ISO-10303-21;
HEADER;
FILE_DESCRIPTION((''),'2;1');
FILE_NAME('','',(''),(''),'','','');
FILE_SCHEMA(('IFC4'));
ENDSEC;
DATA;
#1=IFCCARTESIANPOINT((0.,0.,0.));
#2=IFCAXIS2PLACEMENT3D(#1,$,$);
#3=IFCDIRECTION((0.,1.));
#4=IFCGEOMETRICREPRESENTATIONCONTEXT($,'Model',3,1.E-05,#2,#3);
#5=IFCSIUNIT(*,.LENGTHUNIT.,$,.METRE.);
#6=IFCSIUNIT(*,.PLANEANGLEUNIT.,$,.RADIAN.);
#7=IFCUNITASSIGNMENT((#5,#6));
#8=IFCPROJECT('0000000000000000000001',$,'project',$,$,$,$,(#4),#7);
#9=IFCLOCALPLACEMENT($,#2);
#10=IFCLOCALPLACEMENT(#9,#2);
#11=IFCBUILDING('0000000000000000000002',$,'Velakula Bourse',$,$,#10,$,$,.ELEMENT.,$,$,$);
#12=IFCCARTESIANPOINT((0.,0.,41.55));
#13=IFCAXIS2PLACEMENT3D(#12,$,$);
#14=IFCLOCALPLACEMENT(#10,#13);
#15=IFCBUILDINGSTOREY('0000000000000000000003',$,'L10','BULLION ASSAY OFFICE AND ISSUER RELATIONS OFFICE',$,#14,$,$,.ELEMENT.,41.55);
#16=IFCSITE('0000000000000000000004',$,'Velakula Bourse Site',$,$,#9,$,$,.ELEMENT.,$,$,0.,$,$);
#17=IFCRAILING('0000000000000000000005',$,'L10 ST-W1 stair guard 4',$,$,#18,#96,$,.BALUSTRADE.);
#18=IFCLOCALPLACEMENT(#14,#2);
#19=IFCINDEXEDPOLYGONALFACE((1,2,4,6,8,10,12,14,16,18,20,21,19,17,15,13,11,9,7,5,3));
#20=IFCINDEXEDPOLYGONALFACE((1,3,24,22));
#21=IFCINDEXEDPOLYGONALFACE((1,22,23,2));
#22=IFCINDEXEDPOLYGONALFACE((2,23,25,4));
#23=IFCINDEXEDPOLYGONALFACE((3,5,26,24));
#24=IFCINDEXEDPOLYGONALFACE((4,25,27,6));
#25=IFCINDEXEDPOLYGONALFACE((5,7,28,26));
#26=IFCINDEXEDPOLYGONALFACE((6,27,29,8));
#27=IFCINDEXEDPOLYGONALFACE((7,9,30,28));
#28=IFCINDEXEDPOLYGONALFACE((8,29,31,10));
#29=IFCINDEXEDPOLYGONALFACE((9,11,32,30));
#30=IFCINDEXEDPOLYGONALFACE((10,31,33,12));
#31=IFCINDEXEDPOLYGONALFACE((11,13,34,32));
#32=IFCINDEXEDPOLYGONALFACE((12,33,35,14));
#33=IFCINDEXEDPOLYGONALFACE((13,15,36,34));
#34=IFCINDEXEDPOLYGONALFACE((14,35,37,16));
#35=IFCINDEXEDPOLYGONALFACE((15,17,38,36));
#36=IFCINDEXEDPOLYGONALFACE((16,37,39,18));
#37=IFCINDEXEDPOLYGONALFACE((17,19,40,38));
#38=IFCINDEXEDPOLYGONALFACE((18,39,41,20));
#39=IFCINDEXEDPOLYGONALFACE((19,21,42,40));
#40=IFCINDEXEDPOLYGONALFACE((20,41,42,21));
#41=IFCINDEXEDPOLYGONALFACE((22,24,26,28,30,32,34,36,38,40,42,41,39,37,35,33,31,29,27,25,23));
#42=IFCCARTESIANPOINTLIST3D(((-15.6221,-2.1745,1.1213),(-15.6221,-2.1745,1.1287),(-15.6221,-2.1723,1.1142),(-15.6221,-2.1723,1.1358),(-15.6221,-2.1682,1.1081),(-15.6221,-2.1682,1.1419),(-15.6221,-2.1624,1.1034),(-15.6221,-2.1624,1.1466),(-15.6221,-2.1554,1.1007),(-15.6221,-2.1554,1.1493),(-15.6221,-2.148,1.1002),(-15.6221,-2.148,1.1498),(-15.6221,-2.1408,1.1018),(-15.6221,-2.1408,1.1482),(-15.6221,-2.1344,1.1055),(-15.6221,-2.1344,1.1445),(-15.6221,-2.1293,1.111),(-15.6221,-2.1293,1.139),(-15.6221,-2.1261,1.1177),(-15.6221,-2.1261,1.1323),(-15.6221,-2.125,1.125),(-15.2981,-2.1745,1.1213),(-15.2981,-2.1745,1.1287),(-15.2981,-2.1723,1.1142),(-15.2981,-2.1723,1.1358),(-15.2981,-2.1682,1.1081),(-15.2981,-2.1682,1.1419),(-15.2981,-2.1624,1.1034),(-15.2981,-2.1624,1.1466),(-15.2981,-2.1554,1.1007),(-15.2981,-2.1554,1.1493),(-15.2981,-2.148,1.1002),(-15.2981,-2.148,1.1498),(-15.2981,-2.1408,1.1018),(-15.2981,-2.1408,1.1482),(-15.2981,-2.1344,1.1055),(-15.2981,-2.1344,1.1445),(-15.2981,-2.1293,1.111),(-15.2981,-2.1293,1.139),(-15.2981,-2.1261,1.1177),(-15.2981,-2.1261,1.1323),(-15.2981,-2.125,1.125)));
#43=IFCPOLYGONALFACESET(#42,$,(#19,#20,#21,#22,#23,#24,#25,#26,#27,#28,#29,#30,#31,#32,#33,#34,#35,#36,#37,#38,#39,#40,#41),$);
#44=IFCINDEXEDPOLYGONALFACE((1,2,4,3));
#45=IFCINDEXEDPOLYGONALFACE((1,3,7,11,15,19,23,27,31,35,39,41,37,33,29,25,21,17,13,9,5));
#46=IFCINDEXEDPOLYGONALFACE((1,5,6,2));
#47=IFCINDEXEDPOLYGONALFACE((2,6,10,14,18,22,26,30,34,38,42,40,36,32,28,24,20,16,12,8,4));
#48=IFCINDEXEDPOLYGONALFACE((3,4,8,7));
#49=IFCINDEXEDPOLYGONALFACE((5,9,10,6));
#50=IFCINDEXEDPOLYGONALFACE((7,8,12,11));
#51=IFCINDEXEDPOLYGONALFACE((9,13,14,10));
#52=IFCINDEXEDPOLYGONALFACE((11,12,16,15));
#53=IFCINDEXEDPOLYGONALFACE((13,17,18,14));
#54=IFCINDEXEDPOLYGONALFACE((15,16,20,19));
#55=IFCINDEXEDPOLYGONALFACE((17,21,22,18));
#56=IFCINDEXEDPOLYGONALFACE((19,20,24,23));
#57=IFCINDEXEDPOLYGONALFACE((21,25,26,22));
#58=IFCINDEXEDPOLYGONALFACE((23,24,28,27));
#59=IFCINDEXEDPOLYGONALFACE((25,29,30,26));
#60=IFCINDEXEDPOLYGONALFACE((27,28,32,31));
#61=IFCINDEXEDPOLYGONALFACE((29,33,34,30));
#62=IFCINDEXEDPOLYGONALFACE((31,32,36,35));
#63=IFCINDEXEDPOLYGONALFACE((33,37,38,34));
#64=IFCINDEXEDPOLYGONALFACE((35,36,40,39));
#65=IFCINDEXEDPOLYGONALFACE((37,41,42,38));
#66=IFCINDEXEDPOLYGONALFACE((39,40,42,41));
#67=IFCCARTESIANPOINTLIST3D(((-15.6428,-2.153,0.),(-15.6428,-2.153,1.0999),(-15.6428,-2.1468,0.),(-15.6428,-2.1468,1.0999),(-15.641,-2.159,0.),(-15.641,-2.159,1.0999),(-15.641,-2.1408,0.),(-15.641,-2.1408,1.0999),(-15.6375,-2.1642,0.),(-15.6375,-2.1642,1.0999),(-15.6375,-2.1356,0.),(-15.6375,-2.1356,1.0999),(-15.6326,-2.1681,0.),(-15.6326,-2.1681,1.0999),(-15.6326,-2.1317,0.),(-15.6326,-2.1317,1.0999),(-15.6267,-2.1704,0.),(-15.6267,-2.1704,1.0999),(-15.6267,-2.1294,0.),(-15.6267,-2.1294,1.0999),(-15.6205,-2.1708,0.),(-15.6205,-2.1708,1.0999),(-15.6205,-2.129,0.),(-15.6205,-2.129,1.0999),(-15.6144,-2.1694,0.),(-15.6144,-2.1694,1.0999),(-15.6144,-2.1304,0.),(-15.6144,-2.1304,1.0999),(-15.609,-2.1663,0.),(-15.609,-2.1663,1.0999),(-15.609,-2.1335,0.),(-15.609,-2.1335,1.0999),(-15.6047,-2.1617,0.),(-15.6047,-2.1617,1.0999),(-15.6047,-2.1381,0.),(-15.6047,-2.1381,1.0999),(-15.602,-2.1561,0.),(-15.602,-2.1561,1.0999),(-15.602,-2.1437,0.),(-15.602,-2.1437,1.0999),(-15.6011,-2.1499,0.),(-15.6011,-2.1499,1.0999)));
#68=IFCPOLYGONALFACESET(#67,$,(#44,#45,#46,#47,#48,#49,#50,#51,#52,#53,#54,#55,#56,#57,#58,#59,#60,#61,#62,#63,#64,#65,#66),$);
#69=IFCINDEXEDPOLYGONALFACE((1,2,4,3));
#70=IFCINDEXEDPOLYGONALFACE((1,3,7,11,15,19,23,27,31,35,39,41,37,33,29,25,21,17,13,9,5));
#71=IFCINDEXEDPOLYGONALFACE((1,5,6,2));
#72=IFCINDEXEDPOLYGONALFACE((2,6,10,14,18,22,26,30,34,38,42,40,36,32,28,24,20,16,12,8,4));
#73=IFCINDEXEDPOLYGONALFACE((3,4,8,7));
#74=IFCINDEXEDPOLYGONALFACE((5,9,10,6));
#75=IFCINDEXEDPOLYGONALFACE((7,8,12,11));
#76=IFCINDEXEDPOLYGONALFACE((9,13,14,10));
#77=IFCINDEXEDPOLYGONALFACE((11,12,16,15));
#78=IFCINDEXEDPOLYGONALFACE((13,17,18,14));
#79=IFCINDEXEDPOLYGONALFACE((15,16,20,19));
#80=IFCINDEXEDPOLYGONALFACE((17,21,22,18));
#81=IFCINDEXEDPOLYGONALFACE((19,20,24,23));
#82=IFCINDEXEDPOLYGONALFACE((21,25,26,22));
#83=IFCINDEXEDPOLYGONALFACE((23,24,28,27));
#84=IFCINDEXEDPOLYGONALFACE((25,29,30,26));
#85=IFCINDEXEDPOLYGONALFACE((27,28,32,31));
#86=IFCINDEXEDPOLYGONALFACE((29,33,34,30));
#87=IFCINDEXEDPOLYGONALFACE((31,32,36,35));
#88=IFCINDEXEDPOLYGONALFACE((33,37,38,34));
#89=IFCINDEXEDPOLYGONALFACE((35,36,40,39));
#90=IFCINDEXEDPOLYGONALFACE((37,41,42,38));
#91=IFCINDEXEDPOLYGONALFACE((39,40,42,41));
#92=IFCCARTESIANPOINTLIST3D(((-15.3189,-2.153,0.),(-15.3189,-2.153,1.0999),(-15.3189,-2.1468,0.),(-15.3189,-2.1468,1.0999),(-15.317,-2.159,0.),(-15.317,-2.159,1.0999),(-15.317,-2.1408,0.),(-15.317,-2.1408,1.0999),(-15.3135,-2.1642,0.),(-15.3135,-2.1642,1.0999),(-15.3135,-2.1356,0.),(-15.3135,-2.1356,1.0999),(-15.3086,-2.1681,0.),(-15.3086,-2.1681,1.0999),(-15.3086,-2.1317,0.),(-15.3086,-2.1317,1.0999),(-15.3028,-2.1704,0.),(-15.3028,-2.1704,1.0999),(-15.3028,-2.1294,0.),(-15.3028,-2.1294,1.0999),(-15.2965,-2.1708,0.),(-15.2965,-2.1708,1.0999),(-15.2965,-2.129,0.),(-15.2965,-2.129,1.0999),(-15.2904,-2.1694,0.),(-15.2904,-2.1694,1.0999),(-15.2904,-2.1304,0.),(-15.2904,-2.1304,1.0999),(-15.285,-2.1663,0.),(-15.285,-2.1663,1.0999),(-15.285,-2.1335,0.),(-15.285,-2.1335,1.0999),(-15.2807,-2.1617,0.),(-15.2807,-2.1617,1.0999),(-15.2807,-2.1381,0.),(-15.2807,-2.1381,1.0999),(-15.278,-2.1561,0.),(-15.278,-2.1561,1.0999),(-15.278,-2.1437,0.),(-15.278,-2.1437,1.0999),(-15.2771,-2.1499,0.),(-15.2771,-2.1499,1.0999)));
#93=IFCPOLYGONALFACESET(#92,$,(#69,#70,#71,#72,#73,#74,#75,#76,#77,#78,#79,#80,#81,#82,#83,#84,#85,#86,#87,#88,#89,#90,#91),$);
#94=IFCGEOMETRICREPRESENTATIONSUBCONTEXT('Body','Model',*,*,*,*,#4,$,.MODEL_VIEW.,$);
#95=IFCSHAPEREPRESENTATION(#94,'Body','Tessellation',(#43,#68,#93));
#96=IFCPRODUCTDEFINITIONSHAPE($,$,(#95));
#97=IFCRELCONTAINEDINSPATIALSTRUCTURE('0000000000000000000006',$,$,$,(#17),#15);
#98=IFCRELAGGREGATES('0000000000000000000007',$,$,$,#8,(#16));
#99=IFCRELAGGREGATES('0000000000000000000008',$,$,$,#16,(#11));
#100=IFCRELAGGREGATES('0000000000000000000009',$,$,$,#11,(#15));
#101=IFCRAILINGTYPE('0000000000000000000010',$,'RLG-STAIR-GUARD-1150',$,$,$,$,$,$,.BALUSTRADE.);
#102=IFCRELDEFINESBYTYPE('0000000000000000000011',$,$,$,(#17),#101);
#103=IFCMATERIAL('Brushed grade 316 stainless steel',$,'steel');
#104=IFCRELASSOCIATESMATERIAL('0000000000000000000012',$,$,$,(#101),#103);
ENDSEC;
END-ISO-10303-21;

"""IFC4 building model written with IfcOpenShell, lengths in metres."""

from ifc_helpers import new_model, si_unit, direction, frame, origin, origin_2d, place, context, subcontext, project, spatial, circle, extrude, material, type_object, element, save


model = new_model("IFC4")

# Units and contexts
model_context = context("Model", 3, precision=1e-05, world=origin(), true_north=direction((0.0, 1.0)))
body_context = subcontext(model_context, "Body", "Model", "MODEL_VIEW")
ifc_project = project(units=[si_unit("LENGTHUNIT", "METRE"), si_unit("PLANEANGLEUNIT", "RADIAN")], contexts=[model_context])

# Site, building, storey
site_placement = place(None, origin())
site = spatial("IfcSite", under=ifc_project, at=site_placement, Name="Velakula Bourse Site", CompositionType="ELEMENT", RefElevation=0.0)
building_placement = place(site_placement, origin())
building = spatial("IfcBuilding", under=site, at=building_placement, Name="Velakula Bourse", CompositionType="ELEMENT")
storey_placement = place(building_placement, frame((0.0, 0.0, 41.55)))
storey = spatial("IfcBuildingStorey", under=building, at=storey_placement, Name="L10", Description="BULLION ASSAY OFFICE AND ISSUER RELATIONS OFFICE", CompositionType="ELEMENT", Elevation=41.55)

# Shared definitions
ifc_material_1 = material(Name="Brushed grade 316 stainless steel", Category="steel")

# Railing
railing_type_1 = type_object("IfcRailingType", Name="RLG-STAIR-GUARD-1150", PredefinedType="BALUSTRADE", material=ifc_material_1)
railing_1_placement = place(storey_placement, frame((-15.6221, -2.1499, 0.0)))
element("IfcRailing", 1, at=railing_1_placement, inside=storey, type_object=railing_type_1, Name="L10 ST-W1 stair guard 4", PredefinedType="BALUSTRADE", context=body_context, shape_type="SweptSolid", body=[
    extrude(circle(Radius=0.0249, at=origin_2d()), frame((0.0, 0.0, 1.125), z_axis=(1.0, 0.0, 0.0), x_axis=(0.0, 1.0, 0.0)), (0.0, 0.0, 1.0), 0.324),
    extrude(circle(Radius=0.021, at=origin_2d()), origin(), (0.0, 0.0, 1.0), 1.0999),
    extrude(circle(Radius=0.021, at=origin_2d()), frame((0.324, 0.0, 0.0)), (0.0, 0.0, 1.0), 1.0999),
])

save(model, "model.ifc")
